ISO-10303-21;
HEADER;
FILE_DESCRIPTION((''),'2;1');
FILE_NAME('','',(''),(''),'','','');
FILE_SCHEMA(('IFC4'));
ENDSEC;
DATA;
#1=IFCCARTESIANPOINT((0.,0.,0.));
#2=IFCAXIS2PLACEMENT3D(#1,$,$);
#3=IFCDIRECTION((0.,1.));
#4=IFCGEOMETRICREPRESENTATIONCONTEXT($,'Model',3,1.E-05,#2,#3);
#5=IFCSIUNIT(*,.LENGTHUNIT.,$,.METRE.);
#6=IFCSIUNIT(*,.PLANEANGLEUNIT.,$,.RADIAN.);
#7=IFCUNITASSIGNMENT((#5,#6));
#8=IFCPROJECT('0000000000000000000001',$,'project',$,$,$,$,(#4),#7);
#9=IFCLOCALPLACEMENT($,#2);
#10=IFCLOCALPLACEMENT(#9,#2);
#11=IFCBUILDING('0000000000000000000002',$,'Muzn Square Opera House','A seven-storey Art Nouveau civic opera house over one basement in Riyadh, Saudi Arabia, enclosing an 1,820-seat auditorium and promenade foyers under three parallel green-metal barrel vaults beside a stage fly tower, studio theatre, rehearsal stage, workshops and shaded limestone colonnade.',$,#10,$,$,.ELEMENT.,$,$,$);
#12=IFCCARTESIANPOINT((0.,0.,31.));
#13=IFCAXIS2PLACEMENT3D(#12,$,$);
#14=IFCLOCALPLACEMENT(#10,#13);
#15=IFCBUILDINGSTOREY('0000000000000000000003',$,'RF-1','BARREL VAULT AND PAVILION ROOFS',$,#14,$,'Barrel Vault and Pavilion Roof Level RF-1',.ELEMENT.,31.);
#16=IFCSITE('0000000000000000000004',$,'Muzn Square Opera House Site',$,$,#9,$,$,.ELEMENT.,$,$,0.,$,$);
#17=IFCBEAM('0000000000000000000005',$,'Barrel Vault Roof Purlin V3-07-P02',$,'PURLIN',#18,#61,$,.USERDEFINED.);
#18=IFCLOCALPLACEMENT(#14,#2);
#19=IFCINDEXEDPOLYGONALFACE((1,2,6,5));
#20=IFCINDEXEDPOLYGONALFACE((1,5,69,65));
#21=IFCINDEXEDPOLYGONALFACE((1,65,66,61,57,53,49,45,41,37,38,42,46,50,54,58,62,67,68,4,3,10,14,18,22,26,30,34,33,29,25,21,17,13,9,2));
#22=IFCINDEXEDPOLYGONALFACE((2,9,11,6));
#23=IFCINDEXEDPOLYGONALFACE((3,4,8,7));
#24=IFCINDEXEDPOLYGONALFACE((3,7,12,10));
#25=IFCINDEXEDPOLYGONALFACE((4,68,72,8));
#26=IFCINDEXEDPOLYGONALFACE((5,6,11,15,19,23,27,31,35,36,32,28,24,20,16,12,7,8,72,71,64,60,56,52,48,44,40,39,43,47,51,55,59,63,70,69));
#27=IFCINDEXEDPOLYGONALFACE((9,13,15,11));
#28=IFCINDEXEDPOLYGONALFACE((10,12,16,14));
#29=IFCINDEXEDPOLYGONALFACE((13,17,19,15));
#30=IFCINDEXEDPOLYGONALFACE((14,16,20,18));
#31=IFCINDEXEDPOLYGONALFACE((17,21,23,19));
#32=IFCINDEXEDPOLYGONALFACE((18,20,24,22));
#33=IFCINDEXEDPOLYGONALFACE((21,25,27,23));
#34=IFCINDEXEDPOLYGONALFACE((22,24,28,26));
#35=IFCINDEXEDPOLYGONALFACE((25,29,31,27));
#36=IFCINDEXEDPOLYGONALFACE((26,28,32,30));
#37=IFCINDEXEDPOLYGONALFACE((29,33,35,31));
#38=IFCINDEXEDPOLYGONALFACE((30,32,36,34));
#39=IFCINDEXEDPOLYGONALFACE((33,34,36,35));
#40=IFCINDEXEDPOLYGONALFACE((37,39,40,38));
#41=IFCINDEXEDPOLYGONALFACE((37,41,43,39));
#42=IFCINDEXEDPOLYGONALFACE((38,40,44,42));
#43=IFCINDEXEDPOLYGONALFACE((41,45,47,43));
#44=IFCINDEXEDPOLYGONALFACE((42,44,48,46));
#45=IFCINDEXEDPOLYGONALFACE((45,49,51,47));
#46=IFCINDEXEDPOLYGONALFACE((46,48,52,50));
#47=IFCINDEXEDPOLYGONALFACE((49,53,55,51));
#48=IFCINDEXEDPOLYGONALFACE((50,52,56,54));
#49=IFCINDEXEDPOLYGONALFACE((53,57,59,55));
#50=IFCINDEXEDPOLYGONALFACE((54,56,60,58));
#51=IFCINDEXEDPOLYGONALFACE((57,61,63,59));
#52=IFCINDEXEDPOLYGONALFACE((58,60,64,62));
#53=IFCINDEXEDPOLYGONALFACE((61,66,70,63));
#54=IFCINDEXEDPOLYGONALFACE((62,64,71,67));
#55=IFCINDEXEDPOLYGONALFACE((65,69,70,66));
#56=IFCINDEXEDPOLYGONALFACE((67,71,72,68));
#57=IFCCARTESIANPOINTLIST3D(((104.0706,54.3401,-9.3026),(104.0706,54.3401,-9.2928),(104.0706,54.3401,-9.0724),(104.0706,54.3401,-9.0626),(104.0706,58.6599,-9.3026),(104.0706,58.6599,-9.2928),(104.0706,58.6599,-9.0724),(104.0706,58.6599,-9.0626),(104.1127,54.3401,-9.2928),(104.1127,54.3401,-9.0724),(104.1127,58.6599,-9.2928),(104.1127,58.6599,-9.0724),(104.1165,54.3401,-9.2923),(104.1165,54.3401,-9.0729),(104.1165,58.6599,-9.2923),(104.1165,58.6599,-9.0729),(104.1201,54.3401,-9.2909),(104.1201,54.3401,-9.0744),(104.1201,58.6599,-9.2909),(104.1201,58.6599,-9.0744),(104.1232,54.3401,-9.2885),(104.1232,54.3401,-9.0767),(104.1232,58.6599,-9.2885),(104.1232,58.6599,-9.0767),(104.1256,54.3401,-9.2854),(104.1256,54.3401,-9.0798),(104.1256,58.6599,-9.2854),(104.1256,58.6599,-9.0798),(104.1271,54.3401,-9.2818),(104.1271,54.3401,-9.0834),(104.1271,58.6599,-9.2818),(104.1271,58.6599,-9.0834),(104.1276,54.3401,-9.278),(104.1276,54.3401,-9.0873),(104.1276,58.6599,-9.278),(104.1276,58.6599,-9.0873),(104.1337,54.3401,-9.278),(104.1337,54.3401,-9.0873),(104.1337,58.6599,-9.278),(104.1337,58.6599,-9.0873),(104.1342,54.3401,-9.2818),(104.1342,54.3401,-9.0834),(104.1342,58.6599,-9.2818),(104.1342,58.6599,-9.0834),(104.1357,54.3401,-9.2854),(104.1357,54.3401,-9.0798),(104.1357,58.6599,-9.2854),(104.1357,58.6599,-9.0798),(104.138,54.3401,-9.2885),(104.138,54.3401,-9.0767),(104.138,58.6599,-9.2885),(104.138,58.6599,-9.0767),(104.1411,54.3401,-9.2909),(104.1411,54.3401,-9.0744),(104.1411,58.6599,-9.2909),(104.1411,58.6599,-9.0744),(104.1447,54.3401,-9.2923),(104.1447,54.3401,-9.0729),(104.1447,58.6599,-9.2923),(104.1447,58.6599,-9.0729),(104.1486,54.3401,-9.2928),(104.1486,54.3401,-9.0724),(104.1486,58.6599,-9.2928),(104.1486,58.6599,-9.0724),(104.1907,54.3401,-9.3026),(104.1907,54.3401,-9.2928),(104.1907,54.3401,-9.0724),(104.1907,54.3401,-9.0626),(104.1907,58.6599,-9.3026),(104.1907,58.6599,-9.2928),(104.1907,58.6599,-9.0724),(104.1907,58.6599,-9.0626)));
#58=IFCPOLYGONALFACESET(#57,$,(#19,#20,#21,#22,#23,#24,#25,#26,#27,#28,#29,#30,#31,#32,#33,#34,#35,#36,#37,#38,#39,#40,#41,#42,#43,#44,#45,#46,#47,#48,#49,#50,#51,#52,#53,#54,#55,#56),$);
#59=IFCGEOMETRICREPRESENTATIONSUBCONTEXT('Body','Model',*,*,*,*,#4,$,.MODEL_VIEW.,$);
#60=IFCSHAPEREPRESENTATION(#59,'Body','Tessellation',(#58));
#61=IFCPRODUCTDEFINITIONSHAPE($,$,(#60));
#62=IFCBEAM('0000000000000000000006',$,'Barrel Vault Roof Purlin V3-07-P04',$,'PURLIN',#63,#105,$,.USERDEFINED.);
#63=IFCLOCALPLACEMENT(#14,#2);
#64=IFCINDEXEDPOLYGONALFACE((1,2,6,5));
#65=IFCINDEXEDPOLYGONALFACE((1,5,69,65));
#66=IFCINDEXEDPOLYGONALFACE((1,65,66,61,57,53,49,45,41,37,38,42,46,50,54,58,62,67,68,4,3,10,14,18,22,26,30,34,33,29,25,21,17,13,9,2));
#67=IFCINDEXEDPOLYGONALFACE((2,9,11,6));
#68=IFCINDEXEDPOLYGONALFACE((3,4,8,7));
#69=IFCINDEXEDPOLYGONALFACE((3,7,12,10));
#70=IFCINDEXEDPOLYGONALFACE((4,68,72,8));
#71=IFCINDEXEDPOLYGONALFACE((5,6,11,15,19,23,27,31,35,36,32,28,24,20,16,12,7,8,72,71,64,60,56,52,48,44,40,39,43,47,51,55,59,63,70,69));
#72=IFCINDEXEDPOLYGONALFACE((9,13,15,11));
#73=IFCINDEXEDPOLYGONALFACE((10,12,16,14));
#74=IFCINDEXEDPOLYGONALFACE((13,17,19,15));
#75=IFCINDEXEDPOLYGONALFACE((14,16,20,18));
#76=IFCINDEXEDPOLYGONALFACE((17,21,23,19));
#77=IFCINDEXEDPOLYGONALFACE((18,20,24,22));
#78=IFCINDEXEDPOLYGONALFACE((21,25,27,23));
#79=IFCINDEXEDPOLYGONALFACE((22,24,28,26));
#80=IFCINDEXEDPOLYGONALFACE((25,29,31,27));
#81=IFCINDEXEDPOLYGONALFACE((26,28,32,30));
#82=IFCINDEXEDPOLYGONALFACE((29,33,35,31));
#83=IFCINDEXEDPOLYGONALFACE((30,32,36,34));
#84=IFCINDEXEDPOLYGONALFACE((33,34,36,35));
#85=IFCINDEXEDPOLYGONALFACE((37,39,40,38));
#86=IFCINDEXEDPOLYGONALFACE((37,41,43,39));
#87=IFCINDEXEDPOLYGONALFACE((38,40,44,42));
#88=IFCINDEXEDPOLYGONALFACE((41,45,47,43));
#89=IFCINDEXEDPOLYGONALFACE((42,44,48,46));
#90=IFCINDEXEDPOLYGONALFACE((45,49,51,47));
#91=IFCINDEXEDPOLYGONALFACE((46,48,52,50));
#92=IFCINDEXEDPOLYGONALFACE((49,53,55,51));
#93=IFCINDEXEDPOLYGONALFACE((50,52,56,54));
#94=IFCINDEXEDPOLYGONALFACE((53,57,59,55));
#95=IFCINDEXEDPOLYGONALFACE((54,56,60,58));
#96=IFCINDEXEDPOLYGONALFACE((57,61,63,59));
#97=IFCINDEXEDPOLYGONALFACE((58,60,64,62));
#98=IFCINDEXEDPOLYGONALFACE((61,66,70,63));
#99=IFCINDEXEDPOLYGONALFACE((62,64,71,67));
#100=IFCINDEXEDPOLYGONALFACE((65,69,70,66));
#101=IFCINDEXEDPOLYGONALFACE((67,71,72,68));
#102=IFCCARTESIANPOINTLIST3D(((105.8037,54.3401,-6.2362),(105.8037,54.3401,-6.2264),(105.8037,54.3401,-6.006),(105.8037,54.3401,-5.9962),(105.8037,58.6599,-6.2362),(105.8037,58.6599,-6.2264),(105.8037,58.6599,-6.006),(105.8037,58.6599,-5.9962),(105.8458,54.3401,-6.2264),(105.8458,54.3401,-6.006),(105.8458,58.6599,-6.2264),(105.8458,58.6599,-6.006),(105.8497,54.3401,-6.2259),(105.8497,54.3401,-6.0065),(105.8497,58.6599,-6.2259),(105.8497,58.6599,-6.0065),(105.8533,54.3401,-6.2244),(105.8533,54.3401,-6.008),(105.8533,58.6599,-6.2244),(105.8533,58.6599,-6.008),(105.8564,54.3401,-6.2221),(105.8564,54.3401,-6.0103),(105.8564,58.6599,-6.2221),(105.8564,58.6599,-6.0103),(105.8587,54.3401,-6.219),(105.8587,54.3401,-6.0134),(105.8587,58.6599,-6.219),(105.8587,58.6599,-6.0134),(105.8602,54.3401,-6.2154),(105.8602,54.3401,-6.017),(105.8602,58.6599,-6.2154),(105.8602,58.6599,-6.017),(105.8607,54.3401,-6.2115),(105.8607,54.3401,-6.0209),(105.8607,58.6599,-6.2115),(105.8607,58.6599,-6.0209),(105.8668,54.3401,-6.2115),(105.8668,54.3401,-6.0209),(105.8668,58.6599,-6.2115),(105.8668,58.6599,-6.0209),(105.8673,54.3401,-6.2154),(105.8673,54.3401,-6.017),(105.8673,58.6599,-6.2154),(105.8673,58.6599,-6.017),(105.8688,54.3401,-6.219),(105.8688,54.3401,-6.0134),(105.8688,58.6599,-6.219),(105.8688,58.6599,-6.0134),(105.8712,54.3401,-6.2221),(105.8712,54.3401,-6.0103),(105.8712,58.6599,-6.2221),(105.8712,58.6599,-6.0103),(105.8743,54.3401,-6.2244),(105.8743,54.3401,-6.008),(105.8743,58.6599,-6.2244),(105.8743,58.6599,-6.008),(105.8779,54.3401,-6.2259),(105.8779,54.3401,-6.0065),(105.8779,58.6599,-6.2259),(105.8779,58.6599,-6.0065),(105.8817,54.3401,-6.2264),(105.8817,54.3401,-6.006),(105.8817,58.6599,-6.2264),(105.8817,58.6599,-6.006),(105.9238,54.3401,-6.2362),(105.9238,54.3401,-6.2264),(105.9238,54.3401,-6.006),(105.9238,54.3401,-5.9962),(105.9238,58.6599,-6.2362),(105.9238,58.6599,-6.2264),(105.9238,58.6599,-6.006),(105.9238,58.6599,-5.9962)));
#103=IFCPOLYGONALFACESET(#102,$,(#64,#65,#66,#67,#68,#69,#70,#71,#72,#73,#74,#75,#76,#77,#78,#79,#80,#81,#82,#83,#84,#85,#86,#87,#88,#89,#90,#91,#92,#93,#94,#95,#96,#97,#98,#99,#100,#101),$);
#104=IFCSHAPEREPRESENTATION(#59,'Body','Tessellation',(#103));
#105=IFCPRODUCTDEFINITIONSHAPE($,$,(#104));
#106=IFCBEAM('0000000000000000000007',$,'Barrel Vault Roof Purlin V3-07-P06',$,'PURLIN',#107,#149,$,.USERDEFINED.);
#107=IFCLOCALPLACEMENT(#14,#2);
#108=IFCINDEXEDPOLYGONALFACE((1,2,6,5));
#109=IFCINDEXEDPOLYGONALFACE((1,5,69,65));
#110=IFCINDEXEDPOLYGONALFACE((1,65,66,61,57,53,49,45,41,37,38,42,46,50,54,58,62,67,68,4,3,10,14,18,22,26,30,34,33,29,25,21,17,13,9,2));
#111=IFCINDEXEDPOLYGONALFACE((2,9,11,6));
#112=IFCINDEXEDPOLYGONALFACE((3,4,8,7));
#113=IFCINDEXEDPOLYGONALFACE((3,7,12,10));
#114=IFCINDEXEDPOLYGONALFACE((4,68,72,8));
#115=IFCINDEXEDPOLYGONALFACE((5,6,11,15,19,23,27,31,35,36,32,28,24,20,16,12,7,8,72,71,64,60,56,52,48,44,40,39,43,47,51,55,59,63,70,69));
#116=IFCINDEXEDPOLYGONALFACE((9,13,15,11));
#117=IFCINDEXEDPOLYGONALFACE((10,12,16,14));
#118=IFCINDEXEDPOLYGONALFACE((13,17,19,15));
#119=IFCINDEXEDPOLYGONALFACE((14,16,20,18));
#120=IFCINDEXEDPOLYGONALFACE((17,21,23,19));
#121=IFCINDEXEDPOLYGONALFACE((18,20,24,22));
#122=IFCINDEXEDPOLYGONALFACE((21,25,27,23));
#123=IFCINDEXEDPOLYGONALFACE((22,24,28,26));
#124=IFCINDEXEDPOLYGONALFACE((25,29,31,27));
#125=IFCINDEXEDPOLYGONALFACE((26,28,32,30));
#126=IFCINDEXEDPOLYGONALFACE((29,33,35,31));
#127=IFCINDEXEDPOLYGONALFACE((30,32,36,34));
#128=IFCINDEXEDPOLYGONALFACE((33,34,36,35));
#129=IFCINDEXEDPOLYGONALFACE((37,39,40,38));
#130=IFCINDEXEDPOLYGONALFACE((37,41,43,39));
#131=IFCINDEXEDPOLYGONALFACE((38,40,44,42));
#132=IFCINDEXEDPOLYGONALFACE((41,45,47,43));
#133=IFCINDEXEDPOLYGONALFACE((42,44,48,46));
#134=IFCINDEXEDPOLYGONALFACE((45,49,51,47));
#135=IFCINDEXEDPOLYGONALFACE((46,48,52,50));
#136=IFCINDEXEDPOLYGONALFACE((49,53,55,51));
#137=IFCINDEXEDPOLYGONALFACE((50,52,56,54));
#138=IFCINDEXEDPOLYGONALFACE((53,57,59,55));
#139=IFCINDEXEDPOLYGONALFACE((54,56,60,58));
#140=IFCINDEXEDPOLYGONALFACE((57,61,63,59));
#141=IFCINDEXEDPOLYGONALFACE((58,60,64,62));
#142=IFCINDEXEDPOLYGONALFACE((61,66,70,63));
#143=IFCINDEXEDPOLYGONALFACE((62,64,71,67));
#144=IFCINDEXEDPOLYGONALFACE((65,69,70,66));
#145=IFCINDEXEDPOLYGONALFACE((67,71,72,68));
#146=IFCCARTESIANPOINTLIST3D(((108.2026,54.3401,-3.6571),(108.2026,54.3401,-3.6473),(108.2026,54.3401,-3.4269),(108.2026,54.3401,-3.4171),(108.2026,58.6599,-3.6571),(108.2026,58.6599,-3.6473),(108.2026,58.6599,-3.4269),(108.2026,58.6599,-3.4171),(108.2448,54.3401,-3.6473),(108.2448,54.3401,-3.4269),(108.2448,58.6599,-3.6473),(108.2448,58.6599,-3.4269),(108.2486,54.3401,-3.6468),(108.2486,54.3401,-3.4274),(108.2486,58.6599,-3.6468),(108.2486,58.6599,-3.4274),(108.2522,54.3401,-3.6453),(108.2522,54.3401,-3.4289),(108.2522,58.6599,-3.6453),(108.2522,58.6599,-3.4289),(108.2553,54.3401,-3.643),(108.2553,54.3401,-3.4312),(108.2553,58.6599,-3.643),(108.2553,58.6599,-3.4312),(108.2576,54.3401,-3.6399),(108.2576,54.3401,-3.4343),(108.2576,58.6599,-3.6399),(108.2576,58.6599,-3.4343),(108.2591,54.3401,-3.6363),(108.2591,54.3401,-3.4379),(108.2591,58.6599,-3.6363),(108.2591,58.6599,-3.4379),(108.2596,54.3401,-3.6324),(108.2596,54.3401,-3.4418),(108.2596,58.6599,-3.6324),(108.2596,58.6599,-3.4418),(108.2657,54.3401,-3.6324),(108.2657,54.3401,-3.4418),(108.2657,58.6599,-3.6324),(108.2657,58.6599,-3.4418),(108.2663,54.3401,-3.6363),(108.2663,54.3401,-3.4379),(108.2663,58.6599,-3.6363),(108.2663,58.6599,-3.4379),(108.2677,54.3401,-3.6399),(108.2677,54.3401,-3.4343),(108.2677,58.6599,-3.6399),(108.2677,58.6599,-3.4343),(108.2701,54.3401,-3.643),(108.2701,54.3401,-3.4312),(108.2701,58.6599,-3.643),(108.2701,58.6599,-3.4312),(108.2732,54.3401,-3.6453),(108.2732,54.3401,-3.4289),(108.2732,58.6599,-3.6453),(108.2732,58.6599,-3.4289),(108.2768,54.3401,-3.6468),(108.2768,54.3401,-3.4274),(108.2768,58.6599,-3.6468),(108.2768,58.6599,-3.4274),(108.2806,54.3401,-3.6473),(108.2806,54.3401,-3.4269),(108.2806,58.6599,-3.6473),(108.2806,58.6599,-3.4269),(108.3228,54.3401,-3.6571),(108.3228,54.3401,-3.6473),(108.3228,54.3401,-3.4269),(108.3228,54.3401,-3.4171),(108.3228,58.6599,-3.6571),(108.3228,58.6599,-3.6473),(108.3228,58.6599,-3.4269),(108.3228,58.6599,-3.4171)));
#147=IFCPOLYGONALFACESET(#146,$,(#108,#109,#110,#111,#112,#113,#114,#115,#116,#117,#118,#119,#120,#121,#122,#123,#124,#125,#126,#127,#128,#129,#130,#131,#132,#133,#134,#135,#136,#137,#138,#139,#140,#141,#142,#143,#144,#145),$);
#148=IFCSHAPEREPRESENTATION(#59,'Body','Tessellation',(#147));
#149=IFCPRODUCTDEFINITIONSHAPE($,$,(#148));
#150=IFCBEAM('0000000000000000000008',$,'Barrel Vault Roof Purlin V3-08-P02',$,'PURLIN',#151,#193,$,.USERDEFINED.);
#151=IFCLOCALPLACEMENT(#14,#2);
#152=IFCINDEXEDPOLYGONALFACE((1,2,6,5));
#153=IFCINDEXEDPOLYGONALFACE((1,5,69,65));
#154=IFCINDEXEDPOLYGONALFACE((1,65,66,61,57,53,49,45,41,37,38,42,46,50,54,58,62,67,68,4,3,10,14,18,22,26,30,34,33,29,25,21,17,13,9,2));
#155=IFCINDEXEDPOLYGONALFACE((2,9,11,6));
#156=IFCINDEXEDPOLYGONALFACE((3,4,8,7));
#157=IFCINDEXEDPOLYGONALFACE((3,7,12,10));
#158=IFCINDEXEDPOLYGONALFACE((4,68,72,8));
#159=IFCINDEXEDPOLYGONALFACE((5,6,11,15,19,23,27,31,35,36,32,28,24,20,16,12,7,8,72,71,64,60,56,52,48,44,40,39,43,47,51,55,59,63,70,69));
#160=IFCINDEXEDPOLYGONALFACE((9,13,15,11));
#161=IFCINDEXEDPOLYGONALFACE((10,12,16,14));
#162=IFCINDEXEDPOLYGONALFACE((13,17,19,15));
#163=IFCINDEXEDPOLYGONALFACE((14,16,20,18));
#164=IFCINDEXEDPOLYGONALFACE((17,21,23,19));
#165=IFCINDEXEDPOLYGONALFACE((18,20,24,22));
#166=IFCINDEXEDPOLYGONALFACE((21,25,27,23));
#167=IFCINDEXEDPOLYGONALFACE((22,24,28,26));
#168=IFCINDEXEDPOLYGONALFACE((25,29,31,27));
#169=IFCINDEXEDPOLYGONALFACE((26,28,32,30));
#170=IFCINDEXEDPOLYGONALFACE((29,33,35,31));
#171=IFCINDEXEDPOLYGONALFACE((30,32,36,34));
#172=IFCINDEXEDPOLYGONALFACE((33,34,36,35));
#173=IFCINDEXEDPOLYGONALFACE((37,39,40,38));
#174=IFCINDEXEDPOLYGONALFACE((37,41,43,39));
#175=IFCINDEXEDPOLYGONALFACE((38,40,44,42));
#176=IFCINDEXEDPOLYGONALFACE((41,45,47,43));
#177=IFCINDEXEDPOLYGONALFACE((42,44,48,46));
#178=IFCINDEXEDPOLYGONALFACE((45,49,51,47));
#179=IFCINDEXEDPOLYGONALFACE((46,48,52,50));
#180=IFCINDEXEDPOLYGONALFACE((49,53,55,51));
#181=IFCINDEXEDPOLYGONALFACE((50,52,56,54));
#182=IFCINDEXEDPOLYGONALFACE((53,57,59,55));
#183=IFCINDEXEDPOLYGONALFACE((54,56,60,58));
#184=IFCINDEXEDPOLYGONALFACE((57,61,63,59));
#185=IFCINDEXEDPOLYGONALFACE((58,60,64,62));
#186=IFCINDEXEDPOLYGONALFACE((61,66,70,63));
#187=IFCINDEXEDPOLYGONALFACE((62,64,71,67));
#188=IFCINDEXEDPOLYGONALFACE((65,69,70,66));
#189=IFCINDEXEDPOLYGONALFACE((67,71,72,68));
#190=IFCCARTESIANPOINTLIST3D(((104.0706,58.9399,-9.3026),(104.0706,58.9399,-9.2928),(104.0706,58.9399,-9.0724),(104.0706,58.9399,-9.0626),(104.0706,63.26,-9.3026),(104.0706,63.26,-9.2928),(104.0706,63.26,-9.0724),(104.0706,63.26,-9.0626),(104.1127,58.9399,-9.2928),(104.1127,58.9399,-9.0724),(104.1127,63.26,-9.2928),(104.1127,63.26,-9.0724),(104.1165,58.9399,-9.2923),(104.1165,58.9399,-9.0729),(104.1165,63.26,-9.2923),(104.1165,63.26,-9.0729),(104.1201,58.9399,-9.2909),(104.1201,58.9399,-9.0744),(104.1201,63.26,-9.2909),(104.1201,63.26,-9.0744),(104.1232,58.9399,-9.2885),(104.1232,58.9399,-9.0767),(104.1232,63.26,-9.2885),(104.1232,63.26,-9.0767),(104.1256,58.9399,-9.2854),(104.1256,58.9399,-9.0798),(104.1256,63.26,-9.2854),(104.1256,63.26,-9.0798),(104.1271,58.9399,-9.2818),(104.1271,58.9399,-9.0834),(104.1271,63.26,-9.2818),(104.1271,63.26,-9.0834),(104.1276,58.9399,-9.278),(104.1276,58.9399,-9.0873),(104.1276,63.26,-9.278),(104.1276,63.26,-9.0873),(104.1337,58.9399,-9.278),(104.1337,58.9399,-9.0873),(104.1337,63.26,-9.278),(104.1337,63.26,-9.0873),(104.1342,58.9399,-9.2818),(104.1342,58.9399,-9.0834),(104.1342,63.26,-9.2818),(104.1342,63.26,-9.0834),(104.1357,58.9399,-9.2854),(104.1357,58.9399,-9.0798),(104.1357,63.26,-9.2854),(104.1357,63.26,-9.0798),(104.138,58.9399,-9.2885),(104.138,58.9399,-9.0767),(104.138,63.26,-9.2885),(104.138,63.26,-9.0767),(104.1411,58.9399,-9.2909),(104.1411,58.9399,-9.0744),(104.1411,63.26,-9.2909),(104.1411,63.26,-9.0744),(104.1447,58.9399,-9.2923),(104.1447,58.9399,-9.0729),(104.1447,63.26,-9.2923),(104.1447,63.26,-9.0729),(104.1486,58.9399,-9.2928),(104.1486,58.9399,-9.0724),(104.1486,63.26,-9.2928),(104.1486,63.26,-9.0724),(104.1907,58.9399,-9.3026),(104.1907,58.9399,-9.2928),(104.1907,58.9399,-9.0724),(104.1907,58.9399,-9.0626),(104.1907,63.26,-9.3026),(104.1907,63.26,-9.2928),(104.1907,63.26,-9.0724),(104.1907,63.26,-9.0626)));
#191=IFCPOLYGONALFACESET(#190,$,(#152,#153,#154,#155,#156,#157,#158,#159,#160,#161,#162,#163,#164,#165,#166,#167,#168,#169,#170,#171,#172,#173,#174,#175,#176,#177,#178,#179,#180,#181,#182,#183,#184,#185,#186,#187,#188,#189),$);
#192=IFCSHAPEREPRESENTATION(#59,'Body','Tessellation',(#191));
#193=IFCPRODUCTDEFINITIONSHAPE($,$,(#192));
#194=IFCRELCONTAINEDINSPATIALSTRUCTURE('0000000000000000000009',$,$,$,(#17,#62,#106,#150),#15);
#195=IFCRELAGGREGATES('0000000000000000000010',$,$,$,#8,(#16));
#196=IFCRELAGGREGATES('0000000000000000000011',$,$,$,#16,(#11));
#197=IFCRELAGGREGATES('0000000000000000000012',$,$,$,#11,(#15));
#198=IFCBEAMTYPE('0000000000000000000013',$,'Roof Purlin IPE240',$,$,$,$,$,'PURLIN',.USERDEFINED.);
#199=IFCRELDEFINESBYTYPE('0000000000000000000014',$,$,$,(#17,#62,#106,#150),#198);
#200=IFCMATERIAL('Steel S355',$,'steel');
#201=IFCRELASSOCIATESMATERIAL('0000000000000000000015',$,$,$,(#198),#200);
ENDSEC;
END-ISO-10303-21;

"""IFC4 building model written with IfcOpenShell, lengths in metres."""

from ifc_helpers import new_model, si_unit, direction, frame, origin, origin_2d, place, context, subcontext, project, spatial, i_section, extrude, material, material_profile, profile_set, type_object, element, save


model = new_model("IFC4")

# Units and contexts
model_context = context("Model", 3, precision=1e-05, world=origin(), true_north=direction((0.0, 1.0)))
body_context = subcontext(model_context, "Body", "Model", "MODEL_VIEW")
ifc_project = project(units=[si_unit("LENGTHUNIT", "METRE"), si_unit("PLANEANGLEUNIT", "RADIAN")], contexts=[model_context])

# Site, building, storey
site_placement = place(None, origin())
site = spatial("IfcSite", under=ifc_project, at=site_placement, Name="Muzn Square Opera House Site", CompositionType="ELEMENT", RefElevation=0.0)
building_placement = place(site_placement, origin())
building = spatial("IfcBuilding", under=site, at=building_placement, Name="Muzn Square Opera House", Description="A seven-storey Art Nouveau civic opera house over one basement in Riyadh, Saudi Arabia, enclosing an 1,820-seat auditorium and promenade foyers under three parallel green-metal barrel vaults beside a stage fly tower, studio theatre, rehearsal stage, workshops and shaded limestone colonnade.", CompositionType="ELEMENT")
storey_placement = place(building_placement, frame((0.0, 0.0, 31.0)))
storey = spatial("IfcBuildingStorey", under=building, at=storey_placement, Name="RF-1", Description="BARREL VAULT AND PAVILION ROOFS", LongName="Barrel Vault and Pavilion Roof Level RF-1", CompositionType="ELEMENT", Elevation=31.0)

# Beams
ifc_material_1 = material(Name="Steel S355", Category="steel")
ifc_material_profile_1 = material_profile(ifc_material_1, i_section(OverallWidth=0.1201, OverallDepth=0.24, WebThickness=0.0061, FlangeThickness=0.0098, FilletRadius=0.0149, at=origin_2d()), Name="IPE 240", Category="steel")
ifc_profile_set_1 = profile_set([ifc_material_profile_1], Name="Steel S355")
beam_type_1 = type_object("IfcBeamType", Name="Roof Purlin IPE240", ElementType="PURLIN", PredefinedType="USERDEFINED", material=ifc_profile_set_1)
for number, where, z_axis, x_axis, name in (
    (1, (104.1306, 54.3401, -9.1826), (0.0, 1.0, 0.0), (-1.0, 0.0, 0.0), "Barrel Vault Roof Purlin V3-07-P02"),
    (2, (105.8638, 54.3401, -6.1162), (0.0, 1.0, 0.0), (-1.0, 0.0, 0.0), "Barrel Vault Roof Purlin V3-07-P04"),
    (3, (108.2627, 54.3401, -3.5371), (0.0, 1.0, 0.0), (-1.0, 0.0, 0.0), "Barrel Vault Roof Purlin V3-07-P06"),
):
    element("IfcBeam", number, at=place(storey_placement, frame(where, z_axis=z_axis, x_axis=x_axis)), inside=storey, type_object=beam_type_1, Name=name, ObjectType="PURLIN", PredefinedType="USERDEFINED", context=body_context, shape_type="SweptSolid", body=[
        extrude(i_section(OverallWidth=0.1201, OverallDepth=0.24, WebThickness=0.0061, FlangeThickness=0.0098, FilletRadius=0.0149, at=origin_2d()), origin(), (0.0, 0.0, 1.0), 4.3198),
    ])
for number, where, z_axis, x_axis, name in (
    (4, (104.1306, 58.9399, -9.1826), (0.0, 1.0, 0.0), (-1.0, 0.0, 0.0), "Barrel Vault Roof Purlin V3-08-P02"),
):
    element("IfcBeam", number, at=place(storey_placement, frame(where, z_axis=z_axis, x_axis=x_axis)), inside=storey, type_object=beam_type_1, Name=name, ObjectType="PURLIN", PredefinedType="USERDEFINED", context=body_context, shape_type="SweptSolid", body=[
        extrude(i_section(OverallWidth=0.1201, OverallDepth=0.24, WebThickness=0.0061, FlangeThickness=0.0098, FilletRadius=0.0149, at=origin_2d()), origin(), (0.0, 0.0, 1.0), 4.3201),
    ])

save(model, "model.ifc")
